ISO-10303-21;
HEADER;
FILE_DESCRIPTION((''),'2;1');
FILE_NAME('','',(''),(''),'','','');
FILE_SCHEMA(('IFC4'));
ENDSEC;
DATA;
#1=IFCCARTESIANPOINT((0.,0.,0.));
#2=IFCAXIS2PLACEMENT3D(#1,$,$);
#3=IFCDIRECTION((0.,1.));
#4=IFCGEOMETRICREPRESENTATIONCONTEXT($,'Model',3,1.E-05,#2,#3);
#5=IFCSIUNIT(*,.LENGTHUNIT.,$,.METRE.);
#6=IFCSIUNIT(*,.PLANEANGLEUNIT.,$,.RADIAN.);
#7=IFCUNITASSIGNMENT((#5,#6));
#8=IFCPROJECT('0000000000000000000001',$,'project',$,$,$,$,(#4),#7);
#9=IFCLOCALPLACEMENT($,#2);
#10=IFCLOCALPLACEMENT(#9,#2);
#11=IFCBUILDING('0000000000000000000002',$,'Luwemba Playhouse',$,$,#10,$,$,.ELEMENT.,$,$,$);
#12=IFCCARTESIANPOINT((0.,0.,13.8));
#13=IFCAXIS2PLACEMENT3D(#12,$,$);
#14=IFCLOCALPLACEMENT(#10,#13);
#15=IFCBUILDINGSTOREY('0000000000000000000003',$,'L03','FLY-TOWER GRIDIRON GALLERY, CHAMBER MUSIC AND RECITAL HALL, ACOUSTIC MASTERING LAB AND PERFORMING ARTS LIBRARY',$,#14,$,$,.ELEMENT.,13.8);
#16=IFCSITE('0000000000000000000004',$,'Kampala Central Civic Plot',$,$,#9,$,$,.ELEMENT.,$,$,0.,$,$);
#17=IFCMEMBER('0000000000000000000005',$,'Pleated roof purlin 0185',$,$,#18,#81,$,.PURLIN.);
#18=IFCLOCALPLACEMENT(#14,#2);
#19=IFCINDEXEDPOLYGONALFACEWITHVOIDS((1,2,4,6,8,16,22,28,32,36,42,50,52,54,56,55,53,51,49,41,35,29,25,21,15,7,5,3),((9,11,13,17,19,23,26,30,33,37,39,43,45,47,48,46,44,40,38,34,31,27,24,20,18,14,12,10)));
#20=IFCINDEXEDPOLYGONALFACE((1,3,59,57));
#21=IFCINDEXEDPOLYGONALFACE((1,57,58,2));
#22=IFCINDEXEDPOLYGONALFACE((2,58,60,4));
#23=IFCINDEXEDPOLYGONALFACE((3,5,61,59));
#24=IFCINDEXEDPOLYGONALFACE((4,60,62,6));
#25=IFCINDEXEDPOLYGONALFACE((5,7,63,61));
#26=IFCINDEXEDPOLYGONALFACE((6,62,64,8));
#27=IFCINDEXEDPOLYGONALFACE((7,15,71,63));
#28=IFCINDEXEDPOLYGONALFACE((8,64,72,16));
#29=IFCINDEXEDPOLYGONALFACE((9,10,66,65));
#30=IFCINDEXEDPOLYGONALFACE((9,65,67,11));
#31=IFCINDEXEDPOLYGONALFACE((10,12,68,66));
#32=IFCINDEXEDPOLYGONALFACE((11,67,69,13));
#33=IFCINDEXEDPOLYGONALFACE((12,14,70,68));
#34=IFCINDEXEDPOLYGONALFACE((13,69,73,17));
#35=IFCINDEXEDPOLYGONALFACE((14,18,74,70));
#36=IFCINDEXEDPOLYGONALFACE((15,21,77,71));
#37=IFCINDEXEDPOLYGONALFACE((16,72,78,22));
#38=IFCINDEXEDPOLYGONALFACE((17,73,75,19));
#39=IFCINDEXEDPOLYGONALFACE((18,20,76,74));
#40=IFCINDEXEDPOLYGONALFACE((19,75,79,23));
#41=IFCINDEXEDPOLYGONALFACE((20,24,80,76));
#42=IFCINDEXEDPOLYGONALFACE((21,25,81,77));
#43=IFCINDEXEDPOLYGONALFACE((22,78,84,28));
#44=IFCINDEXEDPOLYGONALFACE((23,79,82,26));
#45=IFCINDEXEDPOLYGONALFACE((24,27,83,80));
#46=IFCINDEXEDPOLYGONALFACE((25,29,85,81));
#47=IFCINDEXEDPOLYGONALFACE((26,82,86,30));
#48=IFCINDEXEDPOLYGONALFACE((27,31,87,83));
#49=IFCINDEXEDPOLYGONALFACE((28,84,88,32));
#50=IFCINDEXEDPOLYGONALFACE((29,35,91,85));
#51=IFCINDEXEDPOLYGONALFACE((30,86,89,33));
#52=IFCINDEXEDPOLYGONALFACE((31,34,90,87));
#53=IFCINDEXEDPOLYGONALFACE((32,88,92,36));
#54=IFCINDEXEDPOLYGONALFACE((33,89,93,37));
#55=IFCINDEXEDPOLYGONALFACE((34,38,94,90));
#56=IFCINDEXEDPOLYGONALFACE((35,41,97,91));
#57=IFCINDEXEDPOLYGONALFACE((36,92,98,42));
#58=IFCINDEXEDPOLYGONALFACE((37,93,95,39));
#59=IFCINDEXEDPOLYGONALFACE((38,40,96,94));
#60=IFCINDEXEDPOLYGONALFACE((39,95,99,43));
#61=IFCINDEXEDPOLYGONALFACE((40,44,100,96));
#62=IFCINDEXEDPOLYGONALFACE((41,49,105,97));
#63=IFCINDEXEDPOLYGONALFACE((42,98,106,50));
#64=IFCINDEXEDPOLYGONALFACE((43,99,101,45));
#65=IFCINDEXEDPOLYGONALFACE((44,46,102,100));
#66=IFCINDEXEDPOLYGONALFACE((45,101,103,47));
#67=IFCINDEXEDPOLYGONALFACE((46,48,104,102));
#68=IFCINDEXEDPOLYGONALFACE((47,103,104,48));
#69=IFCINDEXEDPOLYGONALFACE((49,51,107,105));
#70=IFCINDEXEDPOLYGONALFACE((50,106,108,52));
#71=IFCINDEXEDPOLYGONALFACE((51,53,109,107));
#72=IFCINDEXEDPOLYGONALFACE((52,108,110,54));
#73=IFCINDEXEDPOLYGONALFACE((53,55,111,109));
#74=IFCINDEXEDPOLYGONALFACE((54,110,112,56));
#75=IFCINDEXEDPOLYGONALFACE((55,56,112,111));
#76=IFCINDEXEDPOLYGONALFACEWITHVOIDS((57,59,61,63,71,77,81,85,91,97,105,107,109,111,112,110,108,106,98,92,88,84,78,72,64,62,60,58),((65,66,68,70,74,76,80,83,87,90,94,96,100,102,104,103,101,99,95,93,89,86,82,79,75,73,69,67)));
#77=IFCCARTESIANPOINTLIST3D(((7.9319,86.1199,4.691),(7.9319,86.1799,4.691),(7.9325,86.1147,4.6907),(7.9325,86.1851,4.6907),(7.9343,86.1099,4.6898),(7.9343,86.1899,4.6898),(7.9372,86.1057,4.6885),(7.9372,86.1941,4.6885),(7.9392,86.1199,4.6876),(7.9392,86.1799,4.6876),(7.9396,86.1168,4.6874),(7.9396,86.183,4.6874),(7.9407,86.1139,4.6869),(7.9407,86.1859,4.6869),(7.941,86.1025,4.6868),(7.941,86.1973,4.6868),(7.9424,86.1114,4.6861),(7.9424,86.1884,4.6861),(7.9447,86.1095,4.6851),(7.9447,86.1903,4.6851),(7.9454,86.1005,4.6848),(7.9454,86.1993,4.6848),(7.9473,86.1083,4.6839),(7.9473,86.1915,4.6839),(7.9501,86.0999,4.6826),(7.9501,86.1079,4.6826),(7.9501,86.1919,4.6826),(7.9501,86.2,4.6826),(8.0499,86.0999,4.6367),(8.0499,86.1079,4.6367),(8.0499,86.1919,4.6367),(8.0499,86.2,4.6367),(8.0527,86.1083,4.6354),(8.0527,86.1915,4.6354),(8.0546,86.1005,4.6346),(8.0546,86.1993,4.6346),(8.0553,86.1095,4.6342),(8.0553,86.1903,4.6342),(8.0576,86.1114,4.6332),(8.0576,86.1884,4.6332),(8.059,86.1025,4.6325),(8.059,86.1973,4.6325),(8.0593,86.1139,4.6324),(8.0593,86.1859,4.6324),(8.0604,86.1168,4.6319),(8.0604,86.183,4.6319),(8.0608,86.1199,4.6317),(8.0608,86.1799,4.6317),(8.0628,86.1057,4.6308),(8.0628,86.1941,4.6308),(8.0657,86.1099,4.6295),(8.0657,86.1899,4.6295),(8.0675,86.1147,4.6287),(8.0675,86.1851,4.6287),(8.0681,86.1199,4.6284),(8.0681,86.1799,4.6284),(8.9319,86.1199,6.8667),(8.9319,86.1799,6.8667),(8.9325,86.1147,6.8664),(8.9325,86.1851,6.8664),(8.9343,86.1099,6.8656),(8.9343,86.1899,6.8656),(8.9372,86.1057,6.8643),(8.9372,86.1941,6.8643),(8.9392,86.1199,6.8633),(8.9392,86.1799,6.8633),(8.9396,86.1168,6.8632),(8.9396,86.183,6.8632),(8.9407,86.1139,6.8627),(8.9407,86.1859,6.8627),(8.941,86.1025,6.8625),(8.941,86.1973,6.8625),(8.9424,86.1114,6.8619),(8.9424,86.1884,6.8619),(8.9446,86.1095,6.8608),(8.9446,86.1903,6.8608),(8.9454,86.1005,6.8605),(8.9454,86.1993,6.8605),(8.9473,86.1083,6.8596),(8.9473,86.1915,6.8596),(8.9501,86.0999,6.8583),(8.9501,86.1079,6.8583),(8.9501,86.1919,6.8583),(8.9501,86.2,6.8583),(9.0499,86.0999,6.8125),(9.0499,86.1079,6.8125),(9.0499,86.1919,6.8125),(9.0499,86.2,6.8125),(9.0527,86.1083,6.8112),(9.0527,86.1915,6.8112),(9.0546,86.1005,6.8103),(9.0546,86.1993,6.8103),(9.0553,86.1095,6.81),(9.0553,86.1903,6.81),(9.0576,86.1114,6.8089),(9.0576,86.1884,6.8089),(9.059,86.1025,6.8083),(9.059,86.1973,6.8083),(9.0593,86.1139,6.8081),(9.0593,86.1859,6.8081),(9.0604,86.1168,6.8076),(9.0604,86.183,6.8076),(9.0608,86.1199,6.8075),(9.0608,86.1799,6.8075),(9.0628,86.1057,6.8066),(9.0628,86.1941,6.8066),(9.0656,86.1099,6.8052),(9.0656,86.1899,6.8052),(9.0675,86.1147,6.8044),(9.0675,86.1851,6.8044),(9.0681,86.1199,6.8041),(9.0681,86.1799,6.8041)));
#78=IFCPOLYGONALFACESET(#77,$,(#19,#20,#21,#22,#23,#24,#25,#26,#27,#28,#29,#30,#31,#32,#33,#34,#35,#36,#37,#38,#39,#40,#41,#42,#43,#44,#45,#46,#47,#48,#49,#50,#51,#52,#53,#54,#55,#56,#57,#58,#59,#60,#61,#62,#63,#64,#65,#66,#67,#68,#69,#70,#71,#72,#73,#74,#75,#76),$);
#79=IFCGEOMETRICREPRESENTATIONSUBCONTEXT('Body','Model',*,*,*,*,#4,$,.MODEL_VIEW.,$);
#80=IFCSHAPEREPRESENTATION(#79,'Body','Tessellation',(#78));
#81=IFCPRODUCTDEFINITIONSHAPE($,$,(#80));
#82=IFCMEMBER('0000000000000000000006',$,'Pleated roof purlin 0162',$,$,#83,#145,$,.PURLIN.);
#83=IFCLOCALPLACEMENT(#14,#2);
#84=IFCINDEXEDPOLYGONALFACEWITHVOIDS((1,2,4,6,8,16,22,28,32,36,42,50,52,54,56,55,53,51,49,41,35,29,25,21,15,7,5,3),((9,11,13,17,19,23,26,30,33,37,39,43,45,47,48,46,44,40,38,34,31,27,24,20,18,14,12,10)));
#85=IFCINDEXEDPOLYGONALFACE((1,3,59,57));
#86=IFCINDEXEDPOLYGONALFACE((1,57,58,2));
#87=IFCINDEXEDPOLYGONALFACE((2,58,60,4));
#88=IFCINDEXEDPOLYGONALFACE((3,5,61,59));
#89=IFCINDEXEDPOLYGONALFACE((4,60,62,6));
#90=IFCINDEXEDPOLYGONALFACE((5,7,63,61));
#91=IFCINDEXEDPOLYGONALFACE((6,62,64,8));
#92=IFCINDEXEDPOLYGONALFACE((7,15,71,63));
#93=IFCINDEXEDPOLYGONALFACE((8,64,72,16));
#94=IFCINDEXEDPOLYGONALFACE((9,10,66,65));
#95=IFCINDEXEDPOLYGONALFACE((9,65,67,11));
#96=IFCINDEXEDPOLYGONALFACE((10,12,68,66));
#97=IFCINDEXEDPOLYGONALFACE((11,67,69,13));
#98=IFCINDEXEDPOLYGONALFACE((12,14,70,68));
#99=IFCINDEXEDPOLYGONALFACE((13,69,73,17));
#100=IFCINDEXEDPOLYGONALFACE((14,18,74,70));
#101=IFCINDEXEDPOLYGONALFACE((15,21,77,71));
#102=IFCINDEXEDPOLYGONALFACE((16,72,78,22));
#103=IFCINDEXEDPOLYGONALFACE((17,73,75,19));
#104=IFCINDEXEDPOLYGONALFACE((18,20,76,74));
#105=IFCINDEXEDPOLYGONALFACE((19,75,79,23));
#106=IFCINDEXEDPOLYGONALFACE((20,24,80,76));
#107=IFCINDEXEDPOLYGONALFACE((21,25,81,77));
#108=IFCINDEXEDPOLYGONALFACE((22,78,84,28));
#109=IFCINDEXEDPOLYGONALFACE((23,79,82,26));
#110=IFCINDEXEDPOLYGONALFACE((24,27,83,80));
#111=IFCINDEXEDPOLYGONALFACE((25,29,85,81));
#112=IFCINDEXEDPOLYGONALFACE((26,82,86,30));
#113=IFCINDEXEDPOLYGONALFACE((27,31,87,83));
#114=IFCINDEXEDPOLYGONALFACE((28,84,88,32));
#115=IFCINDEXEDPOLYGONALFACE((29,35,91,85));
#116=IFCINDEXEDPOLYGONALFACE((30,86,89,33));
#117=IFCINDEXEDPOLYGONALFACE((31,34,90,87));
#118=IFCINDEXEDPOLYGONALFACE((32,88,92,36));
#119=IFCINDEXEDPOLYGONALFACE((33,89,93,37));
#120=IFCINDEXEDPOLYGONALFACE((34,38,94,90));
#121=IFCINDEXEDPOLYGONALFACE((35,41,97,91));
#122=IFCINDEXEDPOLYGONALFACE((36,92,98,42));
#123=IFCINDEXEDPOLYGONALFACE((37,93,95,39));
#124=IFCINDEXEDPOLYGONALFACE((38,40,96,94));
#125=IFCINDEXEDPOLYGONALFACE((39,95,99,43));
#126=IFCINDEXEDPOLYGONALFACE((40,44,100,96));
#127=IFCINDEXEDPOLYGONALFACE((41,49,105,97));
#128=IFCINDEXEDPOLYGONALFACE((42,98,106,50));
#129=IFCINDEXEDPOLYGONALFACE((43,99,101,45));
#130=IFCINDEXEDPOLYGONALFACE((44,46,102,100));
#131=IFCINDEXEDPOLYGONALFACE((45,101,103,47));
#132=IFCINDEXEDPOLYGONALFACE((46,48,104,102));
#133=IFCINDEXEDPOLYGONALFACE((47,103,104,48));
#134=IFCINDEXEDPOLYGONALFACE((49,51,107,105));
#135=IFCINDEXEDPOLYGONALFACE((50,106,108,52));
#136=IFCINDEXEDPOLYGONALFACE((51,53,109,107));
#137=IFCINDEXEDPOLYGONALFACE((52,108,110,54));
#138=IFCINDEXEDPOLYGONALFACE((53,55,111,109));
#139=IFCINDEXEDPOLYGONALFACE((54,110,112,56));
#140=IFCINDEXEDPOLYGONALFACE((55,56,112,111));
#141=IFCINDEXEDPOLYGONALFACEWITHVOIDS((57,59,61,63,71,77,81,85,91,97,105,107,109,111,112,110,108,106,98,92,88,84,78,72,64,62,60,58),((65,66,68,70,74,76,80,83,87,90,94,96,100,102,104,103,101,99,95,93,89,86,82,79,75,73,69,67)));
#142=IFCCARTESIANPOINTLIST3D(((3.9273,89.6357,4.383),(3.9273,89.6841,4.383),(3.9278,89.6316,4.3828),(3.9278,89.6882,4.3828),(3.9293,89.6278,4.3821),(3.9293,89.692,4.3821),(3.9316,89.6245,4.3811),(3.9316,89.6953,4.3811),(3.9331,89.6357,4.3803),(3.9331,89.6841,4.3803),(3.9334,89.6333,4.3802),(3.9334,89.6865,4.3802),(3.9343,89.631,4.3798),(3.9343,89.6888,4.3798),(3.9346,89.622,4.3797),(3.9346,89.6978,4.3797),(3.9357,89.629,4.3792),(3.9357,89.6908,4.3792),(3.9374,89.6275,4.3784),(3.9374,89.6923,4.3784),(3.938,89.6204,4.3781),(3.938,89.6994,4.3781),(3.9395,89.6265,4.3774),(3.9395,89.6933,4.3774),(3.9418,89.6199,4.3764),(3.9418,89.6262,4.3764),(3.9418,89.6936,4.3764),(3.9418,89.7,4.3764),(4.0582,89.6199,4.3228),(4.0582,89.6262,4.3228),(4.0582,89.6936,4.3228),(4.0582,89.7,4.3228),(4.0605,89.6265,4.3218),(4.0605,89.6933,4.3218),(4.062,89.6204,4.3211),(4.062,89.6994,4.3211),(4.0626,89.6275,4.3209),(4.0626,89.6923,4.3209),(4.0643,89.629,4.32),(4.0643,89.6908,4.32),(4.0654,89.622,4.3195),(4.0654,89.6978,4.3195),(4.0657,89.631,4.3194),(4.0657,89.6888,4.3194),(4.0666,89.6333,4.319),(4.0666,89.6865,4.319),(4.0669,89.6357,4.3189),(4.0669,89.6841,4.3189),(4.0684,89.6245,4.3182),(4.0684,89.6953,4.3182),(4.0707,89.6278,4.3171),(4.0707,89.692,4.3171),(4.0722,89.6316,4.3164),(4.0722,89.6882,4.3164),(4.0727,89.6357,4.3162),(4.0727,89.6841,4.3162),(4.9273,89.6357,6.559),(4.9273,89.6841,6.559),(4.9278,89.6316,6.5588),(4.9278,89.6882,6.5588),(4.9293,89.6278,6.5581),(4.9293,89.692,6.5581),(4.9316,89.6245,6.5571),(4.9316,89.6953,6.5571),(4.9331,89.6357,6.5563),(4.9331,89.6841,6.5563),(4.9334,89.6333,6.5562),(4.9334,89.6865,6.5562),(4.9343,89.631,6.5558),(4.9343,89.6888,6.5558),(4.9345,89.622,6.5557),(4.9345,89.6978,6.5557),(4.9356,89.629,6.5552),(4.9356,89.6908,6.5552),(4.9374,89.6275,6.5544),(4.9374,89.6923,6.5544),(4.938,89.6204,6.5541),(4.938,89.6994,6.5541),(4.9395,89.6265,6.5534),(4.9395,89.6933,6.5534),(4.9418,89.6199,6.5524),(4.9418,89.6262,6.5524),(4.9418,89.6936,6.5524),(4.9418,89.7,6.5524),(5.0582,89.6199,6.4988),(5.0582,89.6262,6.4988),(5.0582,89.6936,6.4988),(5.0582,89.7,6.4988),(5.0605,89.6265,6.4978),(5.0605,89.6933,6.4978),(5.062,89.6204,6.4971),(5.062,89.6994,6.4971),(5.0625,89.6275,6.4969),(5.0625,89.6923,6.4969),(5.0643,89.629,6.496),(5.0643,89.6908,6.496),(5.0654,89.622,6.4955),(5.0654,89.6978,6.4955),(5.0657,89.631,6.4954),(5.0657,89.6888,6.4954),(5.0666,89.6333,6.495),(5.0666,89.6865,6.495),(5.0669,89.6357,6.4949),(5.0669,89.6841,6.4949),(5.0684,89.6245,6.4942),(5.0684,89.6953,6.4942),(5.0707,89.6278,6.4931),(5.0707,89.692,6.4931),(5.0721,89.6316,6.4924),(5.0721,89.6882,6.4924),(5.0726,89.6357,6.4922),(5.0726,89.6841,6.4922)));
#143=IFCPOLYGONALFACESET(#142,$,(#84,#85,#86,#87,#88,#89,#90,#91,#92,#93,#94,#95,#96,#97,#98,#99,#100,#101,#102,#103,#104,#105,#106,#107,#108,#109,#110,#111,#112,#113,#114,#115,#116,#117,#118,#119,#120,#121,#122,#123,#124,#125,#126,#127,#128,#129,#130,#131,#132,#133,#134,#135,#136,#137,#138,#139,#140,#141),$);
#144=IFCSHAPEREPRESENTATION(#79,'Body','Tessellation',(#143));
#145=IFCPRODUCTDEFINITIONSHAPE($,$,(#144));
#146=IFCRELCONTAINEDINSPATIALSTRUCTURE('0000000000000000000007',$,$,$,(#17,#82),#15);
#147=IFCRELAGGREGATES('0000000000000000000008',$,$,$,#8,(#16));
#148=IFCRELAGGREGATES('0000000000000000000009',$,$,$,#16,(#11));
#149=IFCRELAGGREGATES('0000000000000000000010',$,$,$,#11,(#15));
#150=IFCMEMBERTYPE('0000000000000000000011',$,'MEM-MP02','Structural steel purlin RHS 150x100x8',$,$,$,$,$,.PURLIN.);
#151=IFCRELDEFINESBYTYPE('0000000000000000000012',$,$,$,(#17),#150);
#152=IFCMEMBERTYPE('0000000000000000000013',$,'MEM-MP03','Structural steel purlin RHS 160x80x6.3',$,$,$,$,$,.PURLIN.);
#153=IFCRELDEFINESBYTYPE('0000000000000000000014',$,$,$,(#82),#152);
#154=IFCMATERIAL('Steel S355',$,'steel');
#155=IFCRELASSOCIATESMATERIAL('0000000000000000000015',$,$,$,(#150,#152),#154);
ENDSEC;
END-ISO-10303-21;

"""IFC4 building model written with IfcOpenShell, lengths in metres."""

from ifc_helpers import new_model, si_unit, direction, frame, origin, origin_2d, place, context, subcontext, project, spatial, hollow_rectangle, extrude, material, material_profile, profile_set, type_object, element, save


model = new_model("IFC4")

# Units and contexts
model_context = context("Model", 3, precision=1e-05, world=origin(), true_north=direction((0.0, 1.0)))
body_context = subcontext(model_context, "Body", "Model", "MODEL_VIEW")
ifc_project = project(units=[si_unit("LENGTHUNIT", "METRE"), si_unit("PLANEANGLEUNIT", "RADIAN")], contexts=[model_context])

# Site, building, storey
site_placement = place(None, origin())
site = spatial("IfcSite", under=ifc_project, at=site_placement, Name="Kampala Central Civic Plot", CompositionType="ELEMENT", RefElevation=0.0)
building_placement = place(site_placement, origin())
building = spatial("IfcBuilding", under=site, at=building_placement, Name="Luwemba Playhouse", CompositionType="ELEMENT")
storey_placement = place(building_placement, frame((0.0, 0.0, 13.8)))
storey = spatial("IfcBuildingStorey", under=building, at=storey_placement, Name="L03", Description="FLY-TOWER GRIDIRON GALLERY, CHAMBER MUSIC AND RECITAL HALL, ACOUSTIC MASTERING LAB AND PERFORMING ARTS LIBRARY", CompositionType="ELEMENT", Elevation=13.8)

# Shared definitions
ifc_material_1 = material(Name="Steel S355", Category="steel")

# Members
ifc_material_profile_1 = material_profile(ifc_material_1, hollow_rectangle(XDim=0.1001, YDim=0.1499, WallThickness=0.0081, InnerFilletRadius=0.012, OuterFilletRadius=0.02, at=origin_2d()))
ifc_profile_set_1 = profile_set([ifc_material_profile_1], Name="Steel S355")
member_type_1 = type_object("IfcMemberType", Name="MEM-MP02", Description="Structural steel purlin RHS 150x100x8", PredefinedType="PURLIN", material=ifc_profile_set_1)
for number, where, z_axis, x_axis, name in (
    (1, (8.0, 86.1499, 4.6597), (0.417609, 0.0, 0.908627), (0.0, 1.0, 0.0), "Pleated roof purlin 0185"),
):
    element("IfcMember", number, at=place(storey_placement, frame(where, z_axis=z_axis, x_axis=x_axis)), inside=storey, type_object=member_type_1, Name=name, PredefinedType="PURLIN", context=body_context, shape_type="SweptSolid", body=[
        extrude(hollow_rectangle(XDim=0.1001, YDim=0.1499, WallThickness=0.0081, InnerFilletRadius=0.012, OuterFilletRadius=0.02, at=origin_2d()), origin(), (0.0, 0.0, 1.0), 2.3945),
    ])
ifc_material_profile_2 = material_profile(ifc_material_1, hollow_rectangle(XDim=0.0801, YDim=0.1599, WallThickness=0.0063, InnerFilletRadius=0.0095, OuterFilletRadius=0.0159, at=origin_2d()))
ifc_profile_set_2 = profile_set([ifc_material_profile_2], Name="Steel S355")
member_type_2 = type_object("IfcMemberType", Name="MEM-MP03", Description="Structural steel purlin RHS 160x80x6.3", PredefinedType="PURLIN", material=ifc_profile_set_2)
for number, where, z_axis, x_axis, name in (
    (2, (4.0, 89.6599, 4.3496), (0.417571, 0.0, 0.908644), (0.0, 1.0, 0.0), "Pleated roof purlin 0162"),
):
    element("IfcMember", number, at=place(storey_placement, frame(where, z_axis=z_axis, x_axis=x_axis)), inside=storey, type_object=member_type_2, Name=name, PredefinedType="PURLIN", context=body_context, shape_type="SweptSolid", body=[
        extrude(hollow_rectangle(XDim=0.0801, YDim=0.1599, WallThickness=0.0063, InnerFilletRadius=0.0095, OuterFilletRadius=0.0159, at=origin_2d()), origin(), (0.0, 0.0, 1.0), 2.3948),
    ])

save(model, "model.ifc")
